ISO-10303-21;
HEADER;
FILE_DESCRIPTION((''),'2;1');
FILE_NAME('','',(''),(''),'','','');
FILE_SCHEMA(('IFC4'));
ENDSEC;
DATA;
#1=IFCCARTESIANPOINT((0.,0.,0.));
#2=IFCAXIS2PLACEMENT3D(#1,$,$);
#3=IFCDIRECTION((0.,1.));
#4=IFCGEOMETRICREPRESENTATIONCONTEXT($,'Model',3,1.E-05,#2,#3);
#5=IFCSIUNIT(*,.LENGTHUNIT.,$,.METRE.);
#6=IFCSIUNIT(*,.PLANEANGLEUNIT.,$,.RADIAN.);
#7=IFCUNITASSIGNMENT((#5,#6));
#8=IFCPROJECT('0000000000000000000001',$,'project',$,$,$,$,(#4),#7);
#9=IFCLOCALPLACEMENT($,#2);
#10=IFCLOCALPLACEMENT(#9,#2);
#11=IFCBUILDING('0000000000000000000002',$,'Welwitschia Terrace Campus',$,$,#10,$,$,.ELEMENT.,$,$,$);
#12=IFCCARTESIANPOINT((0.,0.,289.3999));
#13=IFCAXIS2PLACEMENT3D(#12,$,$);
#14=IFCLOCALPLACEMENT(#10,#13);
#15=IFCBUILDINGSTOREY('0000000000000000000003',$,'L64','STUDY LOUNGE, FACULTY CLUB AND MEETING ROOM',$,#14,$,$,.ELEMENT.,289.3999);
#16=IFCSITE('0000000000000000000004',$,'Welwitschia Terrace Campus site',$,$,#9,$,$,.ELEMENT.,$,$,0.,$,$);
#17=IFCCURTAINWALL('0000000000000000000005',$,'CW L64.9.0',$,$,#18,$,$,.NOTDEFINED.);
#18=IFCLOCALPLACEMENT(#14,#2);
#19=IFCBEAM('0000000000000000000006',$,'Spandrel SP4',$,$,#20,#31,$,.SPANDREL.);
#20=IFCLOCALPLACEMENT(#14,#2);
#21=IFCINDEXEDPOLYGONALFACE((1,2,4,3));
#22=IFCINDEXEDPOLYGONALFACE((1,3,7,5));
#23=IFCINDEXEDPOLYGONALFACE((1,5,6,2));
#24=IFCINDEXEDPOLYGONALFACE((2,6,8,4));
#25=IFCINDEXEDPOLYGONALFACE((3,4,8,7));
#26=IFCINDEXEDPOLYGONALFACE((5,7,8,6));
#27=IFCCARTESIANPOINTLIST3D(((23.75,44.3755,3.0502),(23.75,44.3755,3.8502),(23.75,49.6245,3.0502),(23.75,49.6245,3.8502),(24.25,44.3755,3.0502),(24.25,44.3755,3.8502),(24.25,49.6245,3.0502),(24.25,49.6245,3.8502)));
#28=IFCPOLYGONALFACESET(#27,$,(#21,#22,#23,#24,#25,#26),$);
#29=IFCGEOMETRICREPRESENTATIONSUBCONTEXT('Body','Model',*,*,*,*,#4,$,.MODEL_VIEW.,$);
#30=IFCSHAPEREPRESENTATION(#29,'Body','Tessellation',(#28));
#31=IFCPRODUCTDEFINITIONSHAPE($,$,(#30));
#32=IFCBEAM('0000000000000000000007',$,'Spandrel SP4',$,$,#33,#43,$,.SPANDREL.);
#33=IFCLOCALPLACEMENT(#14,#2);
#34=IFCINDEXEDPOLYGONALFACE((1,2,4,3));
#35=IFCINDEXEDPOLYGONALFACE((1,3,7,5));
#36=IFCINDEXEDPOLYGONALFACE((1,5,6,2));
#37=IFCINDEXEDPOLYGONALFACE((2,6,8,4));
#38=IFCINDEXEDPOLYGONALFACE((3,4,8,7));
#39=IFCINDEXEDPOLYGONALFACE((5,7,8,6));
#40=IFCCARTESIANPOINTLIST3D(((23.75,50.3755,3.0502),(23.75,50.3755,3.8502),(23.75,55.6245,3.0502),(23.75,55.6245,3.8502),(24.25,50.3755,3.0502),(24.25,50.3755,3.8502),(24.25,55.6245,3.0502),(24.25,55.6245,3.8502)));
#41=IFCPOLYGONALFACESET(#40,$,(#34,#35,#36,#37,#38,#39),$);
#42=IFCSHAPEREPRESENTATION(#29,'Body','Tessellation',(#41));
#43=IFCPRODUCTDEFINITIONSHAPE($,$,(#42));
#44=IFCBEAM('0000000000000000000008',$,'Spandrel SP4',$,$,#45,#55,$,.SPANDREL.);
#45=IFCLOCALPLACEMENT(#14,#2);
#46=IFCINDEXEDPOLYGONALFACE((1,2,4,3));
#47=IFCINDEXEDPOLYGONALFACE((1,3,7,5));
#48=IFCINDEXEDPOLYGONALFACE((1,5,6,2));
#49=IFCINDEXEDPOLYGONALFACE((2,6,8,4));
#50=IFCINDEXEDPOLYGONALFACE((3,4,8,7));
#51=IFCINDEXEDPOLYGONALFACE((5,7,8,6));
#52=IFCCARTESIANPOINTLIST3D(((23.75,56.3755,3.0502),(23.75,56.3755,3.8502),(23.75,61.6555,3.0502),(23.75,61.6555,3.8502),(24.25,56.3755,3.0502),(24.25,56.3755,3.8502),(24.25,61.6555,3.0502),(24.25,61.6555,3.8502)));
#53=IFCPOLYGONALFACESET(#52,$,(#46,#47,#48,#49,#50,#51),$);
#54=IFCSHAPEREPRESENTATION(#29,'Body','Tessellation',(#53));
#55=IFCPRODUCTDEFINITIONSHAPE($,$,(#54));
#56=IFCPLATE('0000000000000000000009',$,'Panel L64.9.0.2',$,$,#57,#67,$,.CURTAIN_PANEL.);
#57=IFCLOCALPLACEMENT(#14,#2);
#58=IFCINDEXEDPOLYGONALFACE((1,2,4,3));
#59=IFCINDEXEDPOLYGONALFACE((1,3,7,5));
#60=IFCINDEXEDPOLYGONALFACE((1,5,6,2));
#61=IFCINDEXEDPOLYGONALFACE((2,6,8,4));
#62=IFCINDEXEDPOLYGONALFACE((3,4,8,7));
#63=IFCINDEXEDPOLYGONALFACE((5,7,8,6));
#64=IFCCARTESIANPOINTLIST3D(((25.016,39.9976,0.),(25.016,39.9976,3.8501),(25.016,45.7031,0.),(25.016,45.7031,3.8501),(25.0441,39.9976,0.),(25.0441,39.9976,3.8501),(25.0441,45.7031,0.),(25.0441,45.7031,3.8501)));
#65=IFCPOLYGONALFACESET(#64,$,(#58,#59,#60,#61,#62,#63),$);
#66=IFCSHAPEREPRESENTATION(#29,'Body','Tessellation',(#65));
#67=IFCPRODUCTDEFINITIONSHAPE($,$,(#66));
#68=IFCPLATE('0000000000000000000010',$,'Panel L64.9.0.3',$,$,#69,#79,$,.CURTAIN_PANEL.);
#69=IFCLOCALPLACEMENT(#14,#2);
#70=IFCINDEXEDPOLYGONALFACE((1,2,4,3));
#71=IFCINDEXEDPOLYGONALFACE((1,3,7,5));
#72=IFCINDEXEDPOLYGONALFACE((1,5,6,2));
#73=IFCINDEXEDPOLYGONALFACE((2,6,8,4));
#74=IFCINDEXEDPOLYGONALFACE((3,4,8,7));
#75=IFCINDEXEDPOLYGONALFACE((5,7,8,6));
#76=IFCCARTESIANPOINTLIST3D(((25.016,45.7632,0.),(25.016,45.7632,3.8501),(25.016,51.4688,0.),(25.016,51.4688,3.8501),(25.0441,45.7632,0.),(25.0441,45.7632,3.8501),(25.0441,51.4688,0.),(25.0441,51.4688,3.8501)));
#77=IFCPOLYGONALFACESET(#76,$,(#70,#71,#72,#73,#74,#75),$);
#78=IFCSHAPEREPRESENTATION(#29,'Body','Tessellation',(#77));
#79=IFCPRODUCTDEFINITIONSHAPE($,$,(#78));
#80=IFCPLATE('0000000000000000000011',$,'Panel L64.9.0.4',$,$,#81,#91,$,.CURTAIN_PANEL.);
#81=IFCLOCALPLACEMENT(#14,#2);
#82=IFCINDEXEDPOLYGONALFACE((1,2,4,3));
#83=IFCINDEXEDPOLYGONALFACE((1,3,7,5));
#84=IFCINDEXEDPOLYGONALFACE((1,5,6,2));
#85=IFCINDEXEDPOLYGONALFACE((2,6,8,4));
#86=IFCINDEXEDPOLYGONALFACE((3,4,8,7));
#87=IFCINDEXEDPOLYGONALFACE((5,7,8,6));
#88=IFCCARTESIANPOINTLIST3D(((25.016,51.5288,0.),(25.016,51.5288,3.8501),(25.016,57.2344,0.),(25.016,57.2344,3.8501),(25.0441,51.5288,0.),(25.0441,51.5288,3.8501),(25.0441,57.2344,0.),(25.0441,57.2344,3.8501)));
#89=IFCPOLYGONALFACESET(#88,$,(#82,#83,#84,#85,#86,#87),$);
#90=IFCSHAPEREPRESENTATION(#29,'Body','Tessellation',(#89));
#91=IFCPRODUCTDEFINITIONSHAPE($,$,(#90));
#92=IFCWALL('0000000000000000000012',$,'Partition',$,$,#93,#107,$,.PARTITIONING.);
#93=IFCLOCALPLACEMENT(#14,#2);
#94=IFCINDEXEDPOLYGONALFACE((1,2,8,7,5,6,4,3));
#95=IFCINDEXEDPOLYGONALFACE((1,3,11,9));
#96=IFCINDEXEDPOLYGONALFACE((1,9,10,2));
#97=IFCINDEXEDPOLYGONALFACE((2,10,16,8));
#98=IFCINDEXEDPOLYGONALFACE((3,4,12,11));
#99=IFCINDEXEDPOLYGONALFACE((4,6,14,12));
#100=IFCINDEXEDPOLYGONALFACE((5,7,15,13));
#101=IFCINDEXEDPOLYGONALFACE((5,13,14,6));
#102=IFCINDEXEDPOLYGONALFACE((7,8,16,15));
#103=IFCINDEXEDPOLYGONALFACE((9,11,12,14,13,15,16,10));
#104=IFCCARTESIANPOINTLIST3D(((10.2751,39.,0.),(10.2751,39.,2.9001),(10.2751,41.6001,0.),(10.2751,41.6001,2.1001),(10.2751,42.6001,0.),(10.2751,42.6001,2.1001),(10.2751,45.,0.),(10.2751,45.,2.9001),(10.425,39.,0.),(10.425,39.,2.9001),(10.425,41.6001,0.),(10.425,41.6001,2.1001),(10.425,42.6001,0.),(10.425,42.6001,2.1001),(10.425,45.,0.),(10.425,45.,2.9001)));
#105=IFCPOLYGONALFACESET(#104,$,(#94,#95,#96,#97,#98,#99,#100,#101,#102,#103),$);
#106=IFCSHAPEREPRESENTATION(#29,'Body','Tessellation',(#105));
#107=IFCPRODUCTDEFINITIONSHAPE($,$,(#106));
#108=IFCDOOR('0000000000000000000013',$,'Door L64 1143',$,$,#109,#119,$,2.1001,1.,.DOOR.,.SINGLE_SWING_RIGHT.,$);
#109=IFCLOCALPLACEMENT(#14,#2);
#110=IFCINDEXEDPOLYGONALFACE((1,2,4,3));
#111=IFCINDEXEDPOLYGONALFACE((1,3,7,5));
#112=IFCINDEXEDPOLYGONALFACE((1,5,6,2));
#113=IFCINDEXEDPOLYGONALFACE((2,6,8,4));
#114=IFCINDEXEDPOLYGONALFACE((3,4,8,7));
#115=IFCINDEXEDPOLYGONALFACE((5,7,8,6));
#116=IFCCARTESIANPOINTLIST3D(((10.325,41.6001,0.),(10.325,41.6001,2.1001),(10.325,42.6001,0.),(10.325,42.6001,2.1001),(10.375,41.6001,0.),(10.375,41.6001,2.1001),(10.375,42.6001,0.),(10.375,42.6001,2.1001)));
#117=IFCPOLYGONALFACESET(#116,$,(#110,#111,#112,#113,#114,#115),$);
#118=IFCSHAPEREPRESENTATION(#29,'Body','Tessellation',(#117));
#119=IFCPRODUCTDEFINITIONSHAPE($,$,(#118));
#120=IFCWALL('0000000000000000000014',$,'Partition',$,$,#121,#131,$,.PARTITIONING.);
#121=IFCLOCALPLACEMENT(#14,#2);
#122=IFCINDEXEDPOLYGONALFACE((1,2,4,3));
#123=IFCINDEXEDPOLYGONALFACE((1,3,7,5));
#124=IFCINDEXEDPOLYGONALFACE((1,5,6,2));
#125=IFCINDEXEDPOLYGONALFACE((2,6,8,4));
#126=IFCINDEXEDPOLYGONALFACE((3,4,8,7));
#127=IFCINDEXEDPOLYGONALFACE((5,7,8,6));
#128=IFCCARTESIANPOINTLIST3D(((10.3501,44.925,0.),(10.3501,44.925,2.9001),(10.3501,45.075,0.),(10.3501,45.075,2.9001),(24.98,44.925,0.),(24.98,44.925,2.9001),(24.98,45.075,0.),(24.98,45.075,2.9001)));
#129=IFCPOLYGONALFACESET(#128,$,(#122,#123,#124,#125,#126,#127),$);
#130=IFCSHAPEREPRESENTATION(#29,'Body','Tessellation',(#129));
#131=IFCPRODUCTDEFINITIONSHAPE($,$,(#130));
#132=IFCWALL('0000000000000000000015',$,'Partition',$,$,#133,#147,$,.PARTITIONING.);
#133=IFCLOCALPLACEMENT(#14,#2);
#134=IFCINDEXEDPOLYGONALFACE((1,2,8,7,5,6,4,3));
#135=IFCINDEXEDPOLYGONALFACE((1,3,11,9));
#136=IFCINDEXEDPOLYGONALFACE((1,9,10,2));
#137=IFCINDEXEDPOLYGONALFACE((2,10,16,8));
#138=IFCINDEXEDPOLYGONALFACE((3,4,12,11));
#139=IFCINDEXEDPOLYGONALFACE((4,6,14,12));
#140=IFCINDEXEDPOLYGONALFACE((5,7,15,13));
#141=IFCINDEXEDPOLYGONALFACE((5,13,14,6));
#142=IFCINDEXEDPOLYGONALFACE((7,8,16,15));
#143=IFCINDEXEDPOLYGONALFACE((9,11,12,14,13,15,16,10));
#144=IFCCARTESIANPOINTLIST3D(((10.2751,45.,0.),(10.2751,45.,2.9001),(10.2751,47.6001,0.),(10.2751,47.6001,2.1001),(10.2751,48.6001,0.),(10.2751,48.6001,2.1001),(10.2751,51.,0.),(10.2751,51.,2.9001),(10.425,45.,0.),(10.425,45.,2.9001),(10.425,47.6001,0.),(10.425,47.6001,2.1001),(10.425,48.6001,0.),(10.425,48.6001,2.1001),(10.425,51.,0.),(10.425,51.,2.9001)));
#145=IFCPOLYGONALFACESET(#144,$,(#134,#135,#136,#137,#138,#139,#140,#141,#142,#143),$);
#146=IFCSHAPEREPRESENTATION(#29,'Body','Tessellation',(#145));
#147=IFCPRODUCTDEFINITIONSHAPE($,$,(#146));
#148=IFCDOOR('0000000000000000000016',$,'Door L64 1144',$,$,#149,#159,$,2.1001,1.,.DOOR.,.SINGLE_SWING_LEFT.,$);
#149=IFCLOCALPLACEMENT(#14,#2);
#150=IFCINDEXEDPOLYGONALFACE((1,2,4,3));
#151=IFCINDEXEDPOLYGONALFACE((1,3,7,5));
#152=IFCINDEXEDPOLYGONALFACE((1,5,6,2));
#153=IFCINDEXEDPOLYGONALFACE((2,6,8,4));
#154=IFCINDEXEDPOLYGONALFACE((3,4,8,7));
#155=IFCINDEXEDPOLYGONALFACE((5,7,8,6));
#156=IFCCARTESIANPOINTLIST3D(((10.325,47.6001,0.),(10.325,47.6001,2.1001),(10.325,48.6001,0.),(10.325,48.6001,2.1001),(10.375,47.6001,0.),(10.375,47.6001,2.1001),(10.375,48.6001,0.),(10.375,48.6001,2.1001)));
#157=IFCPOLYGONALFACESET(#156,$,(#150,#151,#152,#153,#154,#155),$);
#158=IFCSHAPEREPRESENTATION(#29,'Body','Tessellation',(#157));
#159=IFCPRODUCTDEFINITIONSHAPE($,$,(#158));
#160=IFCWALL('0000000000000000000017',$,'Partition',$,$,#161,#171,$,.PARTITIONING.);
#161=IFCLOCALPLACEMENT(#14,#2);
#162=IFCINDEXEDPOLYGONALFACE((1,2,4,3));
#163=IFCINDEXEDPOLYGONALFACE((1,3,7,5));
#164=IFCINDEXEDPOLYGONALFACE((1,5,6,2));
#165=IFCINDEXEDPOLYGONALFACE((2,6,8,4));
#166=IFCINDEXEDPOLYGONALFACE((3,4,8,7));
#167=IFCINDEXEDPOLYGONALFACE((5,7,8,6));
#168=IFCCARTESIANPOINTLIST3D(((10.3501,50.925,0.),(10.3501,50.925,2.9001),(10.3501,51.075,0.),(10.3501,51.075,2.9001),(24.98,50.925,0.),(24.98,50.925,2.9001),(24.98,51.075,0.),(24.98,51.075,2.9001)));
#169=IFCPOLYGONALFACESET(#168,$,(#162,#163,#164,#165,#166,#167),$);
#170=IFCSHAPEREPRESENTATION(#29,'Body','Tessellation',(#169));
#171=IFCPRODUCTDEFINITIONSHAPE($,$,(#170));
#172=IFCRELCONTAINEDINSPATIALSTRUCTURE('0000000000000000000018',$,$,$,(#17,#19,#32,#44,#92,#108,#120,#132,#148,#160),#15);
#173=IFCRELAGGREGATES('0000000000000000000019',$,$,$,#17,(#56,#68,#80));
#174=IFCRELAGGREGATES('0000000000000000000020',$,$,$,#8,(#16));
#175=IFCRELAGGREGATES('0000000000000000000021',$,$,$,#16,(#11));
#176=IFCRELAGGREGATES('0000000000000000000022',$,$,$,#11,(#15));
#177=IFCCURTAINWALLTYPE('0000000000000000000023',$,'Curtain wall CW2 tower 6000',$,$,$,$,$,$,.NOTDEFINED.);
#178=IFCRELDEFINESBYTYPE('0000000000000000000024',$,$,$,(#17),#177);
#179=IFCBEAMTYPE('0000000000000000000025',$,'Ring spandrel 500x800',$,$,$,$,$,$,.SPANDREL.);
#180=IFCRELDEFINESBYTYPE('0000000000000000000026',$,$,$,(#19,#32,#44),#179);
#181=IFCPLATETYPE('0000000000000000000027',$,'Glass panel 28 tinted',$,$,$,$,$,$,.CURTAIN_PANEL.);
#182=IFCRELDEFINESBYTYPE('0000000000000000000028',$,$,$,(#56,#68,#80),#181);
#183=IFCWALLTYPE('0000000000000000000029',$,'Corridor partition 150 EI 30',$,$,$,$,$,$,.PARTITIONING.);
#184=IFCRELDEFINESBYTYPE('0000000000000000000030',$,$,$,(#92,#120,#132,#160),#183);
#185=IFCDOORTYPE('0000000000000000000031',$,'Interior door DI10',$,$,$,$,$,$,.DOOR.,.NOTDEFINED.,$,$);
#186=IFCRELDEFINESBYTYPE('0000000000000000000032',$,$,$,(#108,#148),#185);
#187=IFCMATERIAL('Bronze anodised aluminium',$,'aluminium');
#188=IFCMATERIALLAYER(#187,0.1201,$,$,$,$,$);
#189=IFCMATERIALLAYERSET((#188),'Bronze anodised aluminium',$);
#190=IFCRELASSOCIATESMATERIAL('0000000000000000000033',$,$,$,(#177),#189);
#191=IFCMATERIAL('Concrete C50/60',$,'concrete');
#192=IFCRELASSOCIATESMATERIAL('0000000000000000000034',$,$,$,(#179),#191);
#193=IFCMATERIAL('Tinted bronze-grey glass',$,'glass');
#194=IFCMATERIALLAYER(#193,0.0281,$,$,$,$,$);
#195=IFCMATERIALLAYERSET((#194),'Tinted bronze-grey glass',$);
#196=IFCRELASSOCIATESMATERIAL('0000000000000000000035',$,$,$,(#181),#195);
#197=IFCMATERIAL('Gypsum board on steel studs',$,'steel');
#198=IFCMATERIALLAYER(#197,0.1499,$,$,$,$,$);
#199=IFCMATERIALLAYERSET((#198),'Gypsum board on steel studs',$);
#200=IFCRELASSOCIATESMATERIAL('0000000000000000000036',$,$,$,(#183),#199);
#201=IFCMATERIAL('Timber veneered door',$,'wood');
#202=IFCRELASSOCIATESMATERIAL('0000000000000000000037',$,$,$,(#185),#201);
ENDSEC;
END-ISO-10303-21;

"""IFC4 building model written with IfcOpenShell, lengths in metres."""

from ifc_helpers import new_model, si_unit, direction, frame, frame_2d, origin, origin_2d, place, context, subcontext, project, spatial, rectangle, extrude, material, layer, layer_set, material_profile, profile_set, type_object, element, fill, aggregate, save


model = new_model("IFC4")

# Units and contexts
model_context = context("Model", 3, precision=1e-05, world=origin(), true_north=direction((0.0, 1.0)))
body_context = subcontext(model_context, "Body", "Model", "MODEL_VIEW")
ifc_project = project(units=[si_unit("LENGTHUNIT", "METRE"), si_unit("PLANEANGLEUNIT", "RADIAN")], contexts=[model_context])

# Site, building, storey
site_placement = place(None, origin())
site = spatial("IfcSite", under=ifc_project, at=site_placement, Name="Welwitschia Terrace Campus site", CompositionType="ELEMENT", RefElevation=0.0)
building_placement = place(site_placement, origin())
building = spatial("IfcBuilding", under=site, at=building_placement, Name="Welwitschia Terrace Campus", CompositionType="ELEMENT")
storey_placement = place(building_placement, frame((0.0, 0.0, 289.3999)))
storey = spatial("IfcBuildingStorey", under=building, at=storey_placement, Name="L64", Description="STUDY LOUNGE, FACULTY CLUB AND MEETING ROOM", CompositionType="ELEMENT", Elevation=289.3999)

# Curtain wall
ifc_material_1 = material(Name="Bronze anodised aluminium", Category="aluminium")
ifc_layer_1 = layer(ifc_material_1, 0.1201)
ifc_layer_set_1 = layer_set([ifc_layer_1], Name="Bronze anodised aluminium")
curtain_wall_type = type_object("IfcCurtainWallType", Name="Curtain wall CW2 tower 6000", PredefinedType="NOTDEFINED", material=ifc_layer_set_1)
curtain_wall_placement = place(storey_placement, origin())
curtain_wall = element("IfcCurtainWall", 1, at=curtain_wall_placement, inside=storey, type_object=curtain_wall_type, Name="CW L64.9.0", PredefinedType="NOTDEFINED")

# Beams
ifc_material_2 = material(Name="Concrete C50/60", Category="concrete")
ifc_material_profile_1 = material_profile(ifc_material_2, rectangle(XDim=0.5, YDim=0.8, at=origin_2d()))
ifc_profile_set_1 = profile_set([ifc_material_profile_1], Name="Concrete C50/60")
beam_type_1 = type_object("IfcBeamType", Name="Ring spandrel 500x800", PredefinedType="SPANDREL", material=ifc_profile_set_1)
for number, where, z_axis, x_axis, name in (
    (2, (24.0, 44.3755, 3.4502), (0.0, 1.0, 0.0), (-1.0, 0.0, 0.0), "Spandrel SP4"),
    (3, (24.0, 50.3755, 3.4502), (0.0, 1.0, 0.0), (-1.0, 0.0, 0.0), "Spandrel SP4"),
):
    element("IfcBeam", number, at=place(storey_placement, frame(where, z_axis=z_axis, x_axis=x_axis)), inside=storey, type_object=beam_type_1, Name=name, PredefinedType="SPANDREL", context=body_context, shape_type="SweptSolid", body=[
        extrude(rectangle(XDim=0.5, YDim=0.8, at=origin_2d()), origin(), (0.0, 0.0, 1.0), 5.249),
    ])
beam_1_placement = place(storey_placement, frame((24.0, 56.3755, 3.4502), z_axis=(0.0, 1.0, 0.0), x_axis=(-1.0, 0.0, 0.0)))
element("IfcBeam", 4, at=beam_1_placement, inside=storey, type_object=beam_type_1, Name="Spandrel SP4", PredefinedType="SPANDREL", context=body_context, shape_type="SweptSolid", body=[
    extrude(rectangle(XDim=0.5, YDim=0.8, at=origin_2d()), origin(), (0.0, 0.0, 1.0), 5.28),
])

# Plates
ifc_material_3 = material(Name="Tinted bronze-grey glass", Category="glass")
ifc_layer_2 = layer(ifc_material_3, 0.0281)
ifc_layer_set_2 = layer_set([ifc_layer_2], Name="Tinted bronze-grey glass")
plate_type = type_object("IfcPlateType", Name="Glass panel 28 tinted", PredefinedType="CURTAIN_PANEL", material=ifc_layer_set_2)
plate_1_placement = place(storey_placement, frame((25.03, 42.8503, 0.0), z_axis=(0.0, 0.0, 1.0), x_axis=(0.0, 1.0, 0.0)))
plate_1 = element("IfcPlate", 5, at=plate_1_placement, type_object=plate_type, Name="Panel L64.9.0.2", PredefinedType="CURTAIN_PANEL", context=body_context, shape_type="SweptSolid", body=[
    extrude(rectangle(XDim=5.7056, YDim=0.0281, at=origin_2d()), origin(), (0.0, 0.0, 1.0), 3.8501),
])
plate_2_placement = place(storey_placement, frame((25.03, 48.616, 0.0), z_axis=(0.0, 0.0, 1.0), x_axis=(0.0, 1.0, 0.0)))
plate_2 = element("IfcPlate", 6, at=plate_2_placement, type_object=plate_type, Name="Panel L64.9.0.3", PredefinedType="CURTAIN_PANEL", context=body_context, shape_type="SweptSolid", body=[
    extrude(rectangle(XDim=5.7056, YDim=0.0281, at=origin_2d()), origin(), (0.0, 0.0, 1.0), 3.8501),
])
plate_3_placement = place(storey_placement, frame((25.03, 54.3816, 0.0), z_axis=(0.0, 0.0, 1.0), x_axis=(0.0, 1.0, 0.0)))
plate_3 = element("IfcPlate", 7, at=plate_3_placement, type_object=plate_type, Name="Panel L64.9.0.4", PredefinedType="CURTAIN_PANEL", context=body_context, shape_type="SweptSolid", body=[
    extrude(rectangle(XDim=5.7056, YDim=0.0281, at=origin_2d()), origin(), (0.0, 0.0, 1.0), 3.8501),
])
aggregate(curtain_wall, [plate_1, plate_2, plate_3])

# Wall, opening, door
ifc_material_4 = material(Name="Gypsum board on steel studs", Category="steel")
ifc_layer_3 = layer(ifc_material_4, 0.1499)
ifc_layer_set_3 = layer_set([ifc_layer_3], Name="Gypsum board on steel studs")
wall_type = type_object("IfcWallType", Name="Corridor partition 150 EI 30", PredefinedType="PARTITIONING", material=ifc_layer_set_3)
wall_1_placement = place(storey_placement, frame((10.3501, 45.0, 0.0), z_axis=(0.0, 0.0, 1.0), x_axis=(0.0, -1.0, 0.0)))
wall_1 = element("IfcWall", 8, at=wall_1_placement, inside=storey, type_object=wall_type, Name="Partition", PredefinedType="PARTITIONING", context=body_context, shape_type="SweptSolid", body=[
    extrude(rectangle(XDim=6.0, YDim=0.1499, at=frame_2d((3.0, 0.0))), origin(), (0.0, 0.0, 1.0), 2.9001),
])
opening_1_placement = place(wall_1_placement, frame((2.3999, 0.0, 0.0)))
opening_1 = element("IfcOpeningElement", 9, at=opening_1_placement, cuts=wall_1, PredefinedType="OPENING", context=body_context, shape_type="SweptSolid", body=[
    extrude(rectangle(XDim=1.0, YDim=2.1001, at=frame_2d((0.5, 1.05))), frame((0.0, 0.085, 0.0), z_axis=(0.0, -1.0, 0.0), x_axis=(1.0, 0.0, 0.0)), (0.0, 0.0, 1.0), 0.1699),
])
ifc_material_5 = material(Name="Timber veneered door", Category="wood")
door_type = type_object("IfcDoorType", Name="Interior door DI10", OperationType="NOTDEFINED", PredefinedType="DOOR", material=ifc_material_5)
door_1_placement = place(opening_1_placement, origin())
door_1 = element("IfcDoor", 10, at=door_1_placement, inside=storey, type_object=door_type, Name="Door L64 1143", OperationType="SINGLE_SWING_RIGHT", OverallHeight=2.1001, OverallWidth=1.0, PredefinedType="DOOR", context=body_context, shape_type="SweptSolid", body=[
    extrude(rectangle(XDim=1.0, YDim=2.1001, at=frame_2d((0.5, 1.05))), frame((0.0, 0.0249, 0.0), z_axis=(0.0, -1.0, 0.0), x_axis=(1.0, 0.0, 0.0)), (0.0, 0.0, 1.0), 0.05),
])
fill(opening_1, door_1)

# Wall
wall_2_placement = place(storey_placement, frame((10.3501, 45.0, 0.0), z_axis=(0.0, 0.0, 1.0), x_axis=(1.0, 0.0, 0.0)))
element("IfcWall", 11, at=wall_2_placement, inside=storey, type_object=wall_type, Name="Partition", PredefinedType="PARTITIONING", context=body_context, shape_type="SweptSolid", body=[
    extrude(rectangle(XDim=14.6299, YDim=0.1499, at=frame_2d((7.3149, 0.0))), origin(), (0.0, 0.0, 1.0), 2.9001),
])

# Wall, opening, door
wall_3_placement = place(storey_placement, frame((10.3501, 51.0, 0.0), z_axis=(0.0, 0.0, 1.0), x_axis=(0.0, -1.0, 0.0)))
wall_3 = element("IfcWall", 12, at=wall_3_placement, inside=storey, type_object=wall_type, Name="Partition", PredefinedType="PARTITIONING", context=body_context, shape_type="SweptSolid", body=[
    extrude(rectangle(XDim=6.0, YDim=0.1499, at=frame_2d((3.0, 0.0))), origin(), (0.0, 0.0, 1.0), 2.9001),
])
opening_2_placement = place(wall_3_placement, frame((2.3999, 0.0, 0.0)))
opening_2 = element("IfcOpeningElement", 13, at=opening_2_placement, cuts=wall_3, PredefinedType="OPENING", context=body_context, shape_type="SweptSolid", body=[
    extrude(rectangle(XDim=1.0, YDim=2.1001, at=frame_2d((0.5, 1.05))), frame((0.0, 0.085, 0.0), z_axis=(0.0, -1.0, 0.0), x_axis=(1.0, 0.0, 0.0)), (0.0, 0.0, 1.0), 0.1699),
])
door_2_placement = place(opening_2_placement, origin())
door_2 = element("IfcDoor", 14, at=door_2_placement, inside=storey, type_object=door_type, Name="Door L64 1144", OperationType="SINGLE_SWING_LEFT", OverallHeight=2.1001, OverallWidth=1.0, PredefinedType="DOOR", context=body_context, shape_type="SweptSolid", body=[
    extrude(rectangle(XDim=1.0, YDim=2.1001, at=frame_2d((0.5, 1.05))), frame((0.0, 0.0249, 0.0), z_axis=(0.0, -1.0, 0.0), x_axis=(1.0, 0.0, 0.0)), (0.0, 0.0, 1.0), 0.05),
])
fill(opening_2, door_2)

# Wall
wall_4_placement = place(storey_placement, frame((10.3501, 51.0, 0.0), z_axis=(0.0, 0.0, 1.0), x_axis=(1.0, 0.0, 0.0)))
element("IfcWall", 15, at=wall_4_placement, inside=storey, type_object=wall_type, Name="Partition", PredefinedType="PARTITIONING", context=body_context, shape_type="SweptSolid", body=[
    extrude(rectangle(XDim=14.6299, YDim=0.1499, at=frame_2d((7.3149, 0.0))), origin(), (0.0, 0.0, 1.0), 2.9001),
])

save(model, "model.ifc")
